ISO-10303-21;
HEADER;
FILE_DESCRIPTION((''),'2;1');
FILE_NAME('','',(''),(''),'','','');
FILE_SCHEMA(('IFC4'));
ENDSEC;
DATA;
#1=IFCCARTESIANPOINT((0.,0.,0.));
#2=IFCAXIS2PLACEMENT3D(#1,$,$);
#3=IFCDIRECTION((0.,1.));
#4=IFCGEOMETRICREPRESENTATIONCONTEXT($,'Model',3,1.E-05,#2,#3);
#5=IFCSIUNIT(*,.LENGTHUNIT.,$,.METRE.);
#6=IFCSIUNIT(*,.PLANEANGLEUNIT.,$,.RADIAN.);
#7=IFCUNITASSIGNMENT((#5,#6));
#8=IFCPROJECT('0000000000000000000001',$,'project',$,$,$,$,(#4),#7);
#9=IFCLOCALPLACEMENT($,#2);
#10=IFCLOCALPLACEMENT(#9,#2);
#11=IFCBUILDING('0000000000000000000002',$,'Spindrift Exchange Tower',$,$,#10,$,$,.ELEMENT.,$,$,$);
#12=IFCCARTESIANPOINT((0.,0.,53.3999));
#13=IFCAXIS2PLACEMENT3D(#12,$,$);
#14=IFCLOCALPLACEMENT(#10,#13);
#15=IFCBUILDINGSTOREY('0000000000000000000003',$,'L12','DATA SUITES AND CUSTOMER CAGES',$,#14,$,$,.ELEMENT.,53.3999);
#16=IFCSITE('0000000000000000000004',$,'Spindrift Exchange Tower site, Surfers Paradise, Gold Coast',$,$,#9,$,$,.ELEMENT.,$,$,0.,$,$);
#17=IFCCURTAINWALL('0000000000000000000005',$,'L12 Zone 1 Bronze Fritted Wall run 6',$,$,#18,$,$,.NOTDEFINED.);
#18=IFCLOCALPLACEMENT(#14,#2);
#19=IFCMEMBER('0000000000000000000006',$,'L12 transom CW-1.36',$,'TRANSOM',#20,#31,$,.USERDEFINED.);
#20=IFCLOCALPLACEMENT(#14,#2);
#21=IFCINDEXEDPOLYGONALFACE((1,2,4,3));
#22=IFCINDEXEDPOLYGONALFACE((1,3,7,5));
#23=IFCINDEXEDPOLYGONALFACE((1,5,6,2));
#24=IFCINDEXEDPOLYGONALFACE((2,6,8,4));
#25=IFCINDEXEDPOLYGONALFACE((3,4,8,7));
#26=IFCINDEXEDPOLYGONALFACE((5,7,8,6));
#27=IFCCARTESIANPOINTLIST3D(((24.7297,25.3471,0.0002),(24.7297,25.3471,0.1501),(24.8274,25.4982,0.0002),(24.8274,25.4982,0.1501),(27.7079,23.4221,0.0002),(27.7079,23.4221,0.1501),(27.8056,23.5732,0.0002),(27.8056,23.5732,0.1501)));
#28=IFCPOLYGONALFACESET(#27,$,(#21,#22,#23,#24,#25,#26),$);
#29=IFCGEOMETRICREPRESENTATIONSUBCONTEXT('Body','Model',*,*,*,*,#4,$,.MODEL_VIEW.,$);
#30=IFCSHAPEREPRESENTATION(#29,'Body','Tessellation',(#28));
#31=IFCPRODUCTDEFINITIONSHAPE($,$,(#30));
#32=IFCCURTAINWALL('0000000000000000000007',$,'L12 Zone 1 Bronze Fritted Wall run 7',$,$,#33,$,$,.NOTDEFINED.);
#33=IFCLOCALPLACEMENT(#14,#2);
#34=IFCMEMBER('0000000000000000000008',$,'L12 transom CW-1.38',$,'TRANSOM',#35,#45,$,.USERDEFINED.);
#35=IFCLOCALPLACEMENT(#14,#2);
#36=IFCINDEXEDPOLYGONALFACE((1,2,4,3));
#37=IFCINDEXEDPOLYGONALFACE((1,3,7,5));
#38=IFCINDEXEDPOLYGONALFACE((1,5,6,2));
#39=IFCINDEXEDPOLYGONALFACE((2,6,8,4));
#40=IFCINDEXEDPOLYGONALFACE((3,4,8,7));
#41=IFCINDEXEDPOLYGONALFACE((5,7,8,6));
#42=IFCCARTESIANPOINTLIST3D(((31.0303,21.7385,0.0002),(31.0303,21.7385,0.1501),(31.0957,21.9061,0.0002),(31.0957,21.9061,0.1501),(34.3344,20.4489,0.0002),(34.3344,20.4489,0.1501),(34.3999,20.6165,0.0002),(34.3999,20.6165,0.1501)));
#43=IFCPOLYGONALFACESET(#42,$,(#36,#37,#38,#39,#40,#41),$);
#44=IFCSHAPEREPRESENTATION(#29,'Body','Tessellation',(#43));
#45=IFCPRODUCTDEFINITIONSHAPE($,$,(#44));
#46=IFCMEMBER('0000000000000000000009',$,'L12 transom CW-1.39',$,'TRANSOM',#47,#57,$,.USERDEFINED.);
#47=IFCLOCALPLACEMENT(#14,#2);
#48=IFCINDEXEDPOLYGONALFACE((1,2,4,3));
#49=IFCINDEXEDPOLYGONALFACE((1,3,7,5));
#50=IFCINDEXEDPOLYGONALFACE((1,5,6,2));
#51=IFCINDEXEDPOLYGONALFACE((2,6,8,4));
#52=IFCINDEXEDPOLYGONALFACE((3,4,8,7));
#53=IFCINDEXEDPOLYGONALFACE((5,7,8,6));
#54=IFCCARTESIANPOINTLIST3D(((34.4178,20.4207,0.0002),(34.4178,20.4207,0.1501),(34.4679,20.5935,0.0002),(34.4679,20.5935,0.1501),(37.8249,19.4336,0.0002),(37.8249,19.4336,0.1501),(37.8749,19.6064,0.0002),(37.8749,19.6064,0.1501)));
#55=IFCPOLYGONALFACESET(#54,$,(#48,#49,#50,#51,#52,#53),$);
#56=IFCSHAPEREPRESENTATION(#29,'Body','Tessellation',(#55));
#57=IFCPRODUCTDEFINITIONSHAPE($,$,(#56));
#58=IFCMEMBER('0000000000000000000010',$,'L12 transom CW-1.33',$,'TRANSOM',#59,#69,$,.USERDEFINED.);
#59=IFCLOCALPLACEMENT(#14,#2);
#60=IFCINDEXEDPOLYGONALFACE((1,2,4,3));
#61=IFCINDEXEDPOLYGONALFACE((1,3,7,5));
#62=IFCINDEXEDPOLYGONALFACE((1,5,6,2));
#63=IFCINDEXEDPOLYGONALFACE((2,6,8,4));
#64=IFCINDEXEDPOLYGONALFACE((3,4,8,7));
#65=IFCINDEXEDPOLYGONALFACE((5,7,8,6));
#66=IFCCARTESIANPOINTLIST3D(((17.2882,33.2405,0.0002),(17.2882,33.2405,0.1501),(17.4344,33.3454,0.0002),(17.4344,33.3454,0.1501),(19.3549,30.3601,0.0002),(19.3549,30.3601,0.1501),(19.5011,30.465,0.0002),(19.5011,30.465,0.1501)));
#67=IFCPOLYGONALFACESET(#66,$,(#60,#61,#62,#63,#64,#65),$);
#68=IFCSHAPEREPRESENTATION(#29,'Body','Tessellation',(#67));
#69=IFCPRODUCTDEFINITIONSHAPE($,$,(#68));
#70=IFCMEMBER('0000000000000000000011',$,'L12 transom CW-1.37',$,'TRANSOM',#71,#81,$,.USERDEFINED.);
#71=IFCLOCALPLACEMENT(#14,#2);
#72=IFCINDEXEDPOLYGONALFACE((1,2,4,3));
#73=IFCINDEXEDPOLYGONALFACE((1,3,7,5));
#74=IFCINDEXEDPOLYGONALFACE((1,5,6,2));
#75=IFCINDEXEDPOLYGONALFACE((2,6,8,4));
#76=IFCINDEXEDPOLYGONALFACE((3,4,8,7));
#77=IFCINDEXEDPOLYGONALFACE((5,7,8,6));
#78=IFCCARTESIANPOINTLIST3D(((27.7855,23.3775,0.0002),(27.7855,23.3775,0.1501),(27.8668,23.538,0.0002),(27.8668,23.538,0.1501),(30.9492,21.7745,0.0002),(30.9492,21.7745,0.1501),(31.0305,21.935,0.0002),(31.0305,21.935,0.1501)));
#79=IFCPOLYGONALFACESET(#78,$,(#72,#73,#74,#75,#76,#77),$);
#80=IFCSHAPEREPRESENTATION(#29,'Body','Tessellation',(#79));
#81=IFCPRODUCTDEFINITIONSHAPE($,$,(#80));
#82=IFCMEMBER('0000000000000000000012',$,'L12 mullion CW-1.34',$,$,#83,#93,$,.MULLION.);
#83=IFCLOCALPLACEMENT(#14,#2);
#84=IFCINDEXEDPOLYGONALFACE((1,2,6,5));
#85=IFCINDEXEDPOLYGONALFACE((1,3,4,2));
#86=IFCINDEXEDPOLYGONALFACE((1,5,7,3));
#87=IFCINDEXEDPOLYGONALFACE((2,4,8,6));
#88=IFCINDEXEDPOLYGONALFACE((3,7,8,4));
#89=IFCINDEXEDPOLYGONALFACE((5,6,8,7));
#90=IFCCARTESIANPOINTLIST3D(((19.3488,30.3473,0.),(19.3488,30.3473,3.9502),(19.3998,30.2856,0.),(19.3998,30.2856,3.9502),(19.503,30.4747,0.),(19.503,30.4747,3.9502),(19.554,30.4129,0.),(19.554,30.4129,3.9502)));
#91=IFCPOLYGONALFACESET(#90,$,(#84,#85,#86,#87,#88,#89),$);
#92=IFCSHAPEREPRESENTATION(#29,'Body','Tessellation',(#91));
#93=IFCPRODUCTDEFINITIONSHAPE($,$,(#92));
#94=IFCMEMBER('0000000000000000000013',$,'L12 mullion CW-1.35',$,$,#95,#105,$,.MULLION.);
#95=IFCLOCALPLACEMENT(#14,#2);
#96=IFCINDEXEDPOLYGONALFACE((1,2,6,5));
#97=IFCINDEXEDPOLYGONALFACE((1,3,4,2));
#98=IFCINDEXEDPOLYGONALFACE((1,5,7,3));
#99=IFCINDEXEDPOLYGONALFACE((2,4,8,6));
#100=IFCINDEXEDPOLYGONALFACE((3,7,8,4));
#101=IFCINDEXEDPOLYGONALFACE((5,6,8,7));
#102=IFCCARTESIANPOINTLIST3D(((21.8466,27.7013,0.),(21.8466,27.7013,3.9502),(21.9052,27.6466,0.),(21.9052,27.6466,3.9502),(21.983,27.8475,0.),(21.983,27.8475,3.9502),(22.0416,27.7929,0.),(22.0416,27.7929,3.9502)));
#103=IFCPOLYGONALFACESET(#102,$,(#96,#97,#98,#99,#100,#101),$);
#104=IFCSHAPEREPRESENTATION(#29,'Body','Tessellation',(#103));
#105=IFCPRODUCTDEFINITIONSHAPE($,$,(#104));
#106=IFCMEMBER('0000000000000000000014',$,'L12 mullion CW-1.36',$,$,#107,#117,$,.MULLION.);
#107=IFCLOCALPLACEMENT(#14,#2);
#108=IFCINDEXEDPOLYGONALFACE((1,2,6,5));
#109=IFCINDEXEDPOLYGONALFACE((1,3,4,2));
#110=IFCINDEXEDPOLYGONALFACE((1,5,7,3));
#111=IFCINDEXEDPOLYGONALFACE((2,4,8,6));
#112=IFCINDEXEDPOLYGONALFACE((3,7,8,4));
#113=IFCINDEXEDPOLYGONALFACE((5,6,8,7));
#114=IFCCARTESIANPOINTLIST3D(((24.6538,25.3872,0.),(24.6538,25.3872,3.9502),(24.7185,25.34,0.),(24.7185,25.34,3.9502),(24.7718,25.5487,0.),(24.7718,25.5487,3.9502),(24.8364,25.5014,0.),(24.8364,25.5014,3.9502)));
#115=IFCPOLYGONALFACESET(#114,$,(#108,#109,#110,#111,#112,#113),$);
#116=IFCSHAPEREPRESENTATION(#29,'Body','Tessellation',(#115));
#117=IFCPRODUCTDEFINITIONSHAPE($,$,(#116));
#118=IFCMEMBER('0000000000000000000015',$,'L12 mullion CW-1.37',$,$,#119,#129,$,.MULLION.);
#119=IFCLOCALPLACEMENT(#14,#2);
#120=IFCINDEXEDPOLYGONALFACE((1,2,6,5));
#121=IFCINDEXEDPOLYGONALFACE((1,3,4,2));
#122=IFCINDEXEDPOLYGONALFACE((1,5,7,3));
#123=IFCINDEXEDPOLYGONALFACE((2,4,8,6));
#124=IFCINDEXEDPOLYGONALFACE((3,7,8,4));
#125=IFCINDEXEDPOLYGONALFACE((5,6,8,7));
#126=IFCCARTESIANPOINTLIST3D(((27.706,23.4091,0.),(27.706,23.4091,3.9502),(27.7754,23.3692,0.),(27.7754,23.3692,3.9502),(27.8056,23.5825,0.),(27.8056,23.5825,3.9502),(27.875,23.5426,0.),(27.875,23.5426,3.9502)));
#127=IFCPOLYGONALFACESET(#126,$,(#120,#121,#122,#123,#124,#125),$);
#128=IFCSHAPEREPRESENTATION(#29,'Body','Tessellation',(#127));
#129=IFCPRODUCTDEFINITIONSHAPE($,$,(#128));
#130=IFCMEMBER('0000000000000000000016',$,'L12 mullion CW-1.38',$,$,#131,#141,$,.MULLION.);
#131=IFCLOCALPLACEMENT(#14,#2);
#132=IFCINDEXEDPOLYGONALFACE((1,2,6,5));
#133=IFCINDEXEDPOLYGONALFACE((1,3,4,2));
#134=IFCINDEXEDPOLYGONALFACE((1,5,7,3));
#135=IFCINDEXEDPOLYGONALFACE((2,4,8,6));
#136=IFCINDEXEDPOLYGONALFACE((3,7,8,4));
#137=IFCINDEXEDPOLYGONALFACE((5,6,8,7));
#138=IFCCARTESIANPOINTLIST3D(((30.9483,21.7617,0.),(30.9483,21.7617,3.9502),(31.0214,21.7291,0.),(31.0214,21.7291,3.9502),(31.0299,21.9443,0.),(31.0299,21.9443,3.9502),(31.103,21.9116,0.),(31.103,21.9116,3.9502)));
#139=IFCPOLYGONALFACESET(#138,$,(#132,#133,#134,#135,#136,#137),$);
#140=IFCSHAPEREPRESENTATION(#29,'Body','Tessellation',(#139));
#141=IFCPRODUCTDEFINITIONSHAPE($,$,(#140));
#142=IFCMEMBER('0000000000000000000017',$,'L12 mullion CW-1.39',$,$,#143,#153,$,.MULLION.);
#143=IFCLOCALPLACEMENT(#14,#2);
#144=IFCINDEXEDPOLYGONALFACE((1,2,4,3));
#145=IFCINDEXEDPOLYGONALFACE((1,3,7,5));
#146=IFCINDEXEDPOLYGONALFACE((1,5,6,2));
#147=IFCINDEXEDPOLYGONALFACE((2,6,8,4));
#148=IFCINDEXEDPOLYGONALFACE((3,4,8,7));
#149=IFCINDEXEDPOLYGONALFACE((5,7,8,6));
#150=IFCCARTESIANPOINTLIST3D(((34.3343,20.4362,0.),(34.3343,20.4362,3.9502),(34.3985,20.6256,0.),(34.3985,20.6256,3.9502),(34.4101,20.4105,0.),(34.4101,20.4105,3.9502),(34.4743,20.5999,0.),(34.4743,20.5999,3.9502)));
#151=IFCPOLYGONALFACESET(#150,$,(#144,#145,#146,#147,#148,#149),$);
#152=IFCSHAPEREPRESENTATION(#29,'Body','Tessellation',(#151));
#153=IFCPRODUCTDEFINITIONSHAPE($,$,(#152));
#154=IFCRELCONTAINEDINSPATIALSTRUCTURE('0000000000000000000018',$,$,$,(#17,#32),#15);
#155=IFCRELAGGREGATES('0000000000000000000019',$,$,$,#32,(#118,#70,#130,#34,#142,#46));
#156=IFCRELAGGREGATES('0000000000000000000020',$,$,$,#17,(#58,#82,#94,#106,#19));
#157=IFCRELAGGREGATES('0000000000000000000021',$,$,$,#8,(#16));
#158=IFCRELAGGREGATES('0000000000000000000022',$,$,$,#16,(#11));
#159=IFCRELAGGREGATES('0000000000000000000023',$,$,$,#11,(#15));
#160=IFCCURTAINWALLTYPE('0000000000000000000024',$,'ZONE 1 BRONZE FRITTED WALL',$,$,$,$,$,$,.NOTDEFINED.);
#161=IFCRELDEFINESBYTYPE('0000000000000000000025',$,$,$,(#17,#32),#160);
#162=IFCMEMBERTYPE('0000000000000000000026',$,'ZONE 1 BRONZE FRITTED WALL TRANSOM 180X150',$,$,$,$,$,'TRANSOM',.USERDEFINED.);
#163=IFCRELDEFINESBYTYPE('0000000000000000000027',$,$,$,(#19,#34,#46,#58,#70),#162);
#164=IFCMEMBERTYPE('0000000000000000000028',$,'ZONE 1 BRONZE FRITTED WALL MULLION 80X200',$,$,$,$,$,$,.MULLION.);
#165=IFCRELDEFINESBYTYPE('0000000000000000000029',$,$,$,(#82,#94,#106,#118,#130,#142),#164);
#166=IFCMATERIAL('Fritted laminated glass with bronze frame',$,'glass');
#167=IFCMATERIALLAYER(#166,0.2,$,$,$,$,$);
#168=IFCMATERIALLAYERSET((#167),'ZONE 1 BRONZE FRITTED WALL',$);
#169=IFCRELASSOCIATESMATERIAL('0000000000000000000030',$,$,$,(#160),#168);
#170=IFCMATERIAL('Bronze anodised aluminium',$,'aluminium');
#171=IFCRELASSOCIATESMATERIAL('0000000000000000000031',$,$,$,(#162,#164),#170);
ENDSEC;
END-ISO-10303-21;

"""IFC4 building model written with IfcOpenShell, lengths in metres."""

from ifc_helpers import new_model, si_unit, direction, frame, origin, origin_2d, place, context, subcontext, project, spatial, rectangle, extrude, source, transform, mapped, material, layer, layer_set, material_profile, profile_set, type_object, element, aggregate, save


model = new_model("IFC4")

# Units and contexts
model_context = context("Model", 3, precision=1e-05, world=origin(), true_north=direction((0.0, 1.0)))
body_context = subcontext(model_context, "Body", "Model", "MODEL_VIEW")
ifc_project = project(units=[si_unit("LENGTHUNIT", "METRE"), si_unit("PLANEANGLEUNIT", "RADIAN")], contexts=[model_context])

# Site, building, storey
site_placement = place(None, origin())
site = spatial("IfcSite", under=ifc_project, at=site_placement, Name="Spindrift Exchange Tower site, Surfers Paradise, Gold Coast", CompositionType="ELEMENT", RefElevation=0.0)
building_placement = place(site_placement, origin())
building = spatial("IfcBuilding", under=site, at=building_placement, Name="Spindrift Exchange Tower", CompositionType="ELEMENT")
storey_placement = place(building_placement, frame((0.0, 0.0, 53.3999)))
storey = spatial("IfcBuildingStorey", under=building, at=storey_placement, Name="L12", Description="DATA SUITES AND CUSTOMER CAGES", CompositionType="ELEMENT", Elevation=53.3999)

# Curtain walls, members
ifc_material_1 = material(Name="Fritted laminated glass with bronze frame", Category="glass")
ifc_layer_1 = layer(ifc_material_1, 0.2)
ifc_layer_set_1 = layer_set([ifc_layer_1], Name="ZONE 1 BRONZE FRITTED WALL")
curtain_wall_type = type_object("IfcCurtainWallType", Name="ZONE 1 BRONZE FRITTED WALL", PredefinedType="NOTDEFINED", material=ifc_layer_set_1)
curtain_wall_1_placement = place(storey_placement, origin())
curtain_wall_1 = element("IfcCurtainWall", 1, at=curtain_wall_1_placement, inside=storey, type_object=curtain_wall_type, Name="L12 Zone 1 Bronze Fritted Wall run 6", PredefinedType="NOTDEFINED")
ifc_material_2 = material(Name="Bronze anodised aluminium", Category="aluminium")
ifc_material_profile_1 = material_profile(ifc_material_2, rectangle(XDim=0.1799, YDim=0.1499, at=origin_2d()), Name="ZONE 1 BRONZE FRITTED WALL TRANSOM 180X150")
ifc_profile_set_1 = profile_set([ifc_material_profile_1], Name="Bronze anodised aluminium")
member_type_1 = type_object("IfcMemberType", Name="ZONE 1 BRONZE FRITTED WALL TRANSOM 180X150", ElementType="TRANSOM", PredefinedType="USERDEFINED", material=ifc_profile_set_1)
shared_shape_1 = source(origin(), body_context, "Body", "SweptSolid", [
    extrude(rectangle(XDim=0.1799, YDim=0.1499, at=origin_2d()), origin(), (0.0, 0.0, 1.0), 3.5461),
])
member_1_placement = place(storey_placement, frame((24.7786, 25.4226, 0.0752), z_axis=(0.839836, -0.54284, 0.0), x_axis=(0.54284, 0.839836, 0.0)))
member_1 = element("IfcMember", 2, at=member_1_placement, type_object=member_type_1, Name="L12 transom CW-1.36", ObjectType="TRANSOM", PredefinedType="USERDEFINED", context=body_context, shape_type="MappedRepresentation", body=[
    mapped(shared_shape_1, transform((0.0, 0.0, 0.0), scale=1.0)),
])
curtain_wall_2_placement = place(storey_placement, origin())
curtain_wall_2 = element("IfcCurtainWall", 3, at=curtain_wall_2_placement, inside=storey, type_object=curtain_wall_type, Name="L12 Zone 1 Bronze Fritted Wall run 7", PredefinedType="NOTDEFINED")
shared_shape_2 = source(origin(), body_context, "Body", "SweptSolid", [
    extrude(rectangle(XDim=0.1799, YDim=0.1499, at=origin_2d()), origin(), (0.0, 0.0, 1.0), 3.5469),
])
member_2_placement = place(storey_placement, frame((31.063, 21.8223, 0.0752), z_axis=(0.931567, -0.363569, 0.0), x_axis=(0.363569, 0.931567, 0.0)))
member_2 = element("IfcMember", 4, at=member_2_placement, type_object=member_type_1, Name="L12 transom CW-1.38", ObjectType="TRANSOM", PredefinedType="USERDEFINED", context=body_context, shape_type="MappedRepresentation", body=[
    mapped(shared_shape_2, transform((0.0, 0.0, 0.0), scale=1.0)),
])
shared_shape_3 = source(origin(), body_context, "Body", "SweptSolid", [
    extrude(rectangle(XDim=0.1799, YDim=0.1499, at=origin_2d()), origin(), (0.0, 0.0, 1.0), 3.5471),
])
member_3_placement = place(storey_placement, frame((34.4429, 20.5071, 0.0752), z_axis=(0.960502, -0.278274, 0.0), x_axis=(0.278274, 0.960502, 0.0)))
member_3 = element("IfcMember", 5, at=member_3_placement, type_object=member_type_1, Name="L12 transom CW-1.39", ObjectType="TRANSOM", PredefinedType="USERDEFINED", context=body_context, shape_type="MappedRepresentation", body=[
    mapped(shared_shape_3, transform((0.0, 0.0, 0.0), scale=1.0)),
])

# Members
shared_shape_4 = source(origin(), body_context, "Body", "SweptSolid", [
    extrude(rectangle(XDim=0.1799, YDim=0.1499, at=origin_2d()), origin(), (0.0, 0.0, 1.0), 3.5452),
])
member_4_placement = place(storey_placement, frame((17.3613, 33.293, 0.0752), z_axis=(0.582963, -0.812499, 0.0), x_axis=(0.812499, 0.582963, 0.0)))
member_4 = element("IfcMember", 6, at=member_4_placement, type_object=member_type_1, Name="L12 transom CW-1.33", ObjectType="TRANSOM", PredefinedType="USERDEFINED", context=body_context, shape_type="MappedRepresentation", body=[
    mapped(shared_shape_4, transform((0.0, 0.0, 0.0), scale=1.0)),
])
shared_shape_5 = source(origin(), body_context, "Body", "SweptSolid", [
    extrude(rectangle(XDim=0.1799, YDim=0.1499, at=origin_2d()), origin(), (0.0, 0.0, 1.0), 3.5466),
])
member_5_placement = place(storey_placement, frame((27.8262, 23.4578, 0.0752), z_axis=(0.892033, -0.451971, 0.0), x_axis=(0.451971, 0.892033, 0.0)))
member_5 = element("IfcMember", 7, at=member_5_placement, type_object=member_type_1, Name="L12 transom CW-1.37", ObjectType="TRANSOM", PredefinedType="USERDEFINED", context=body_context, shape_type="MappedRepresentation", body=[
    mapped(shared_shape_5, transform((0.0, 0.0, 0.0), scale=1.0)),
])
ifc_material_profile_2 = material_profile(ifc_material_2, rectangle(XDim=0.0801, YDim=0.2, at=origin_2d()), Name="ZONE 1 BRONZE FRITTED WALL MULLION 80X200")
ifc_profile_set_2 = profile_set([ifc_material_profile_2], Name="Bronze anodised aluminium")
member_type_2 = type_object("IfcMemberType", Name="ZONE 1 BRONZE FRITTED WALL MULLION 80X200", PredefinedType="MULLION", material=ifc_profile_set_2)
shared_shape_6 = source(origin(), body_context, "Body", "SweptSolid", [
    extrude(rectangle(XDim=0.0801, YDim=0.2, at=origin_2d()), origin(), (0.0, 0.0, 1.0), 3.9502),
])
member_6_placement = place(storey_placement, frame((19.4514, 30.3801, 0.0), z_axis=(0.0, 0.0, 1.0), x_axis=(0.636708, -0.771105, 0.0)))
member_6 = element("IfcMember", 8, at=member_6_placement, type_object=member_type_2, Name="L12 mullion CW-1.34", PredefinedType="MULLION", context=body_context, shape_type="MappedRepresentation", body=[
    mapped(shared_shape_6, transform((0.0, 0.0, 0.0), scale=1.0)),
])
member_7_placement = place(storey_placement, frame((21.9441, 27.7471, 0.0), z_axis=(0.0, 0.0, 1.0), x_axis=(0.731397, -0.681951, 0.0)))
member_7 = element("IfcMember", 9, at=member_7_placement, type_object=member_type_2, Name="L12 mullion CW-1.35", PredefinedType="MULLION", context=body_context, shape_type="MappedRepresentation", body=[
    mapped(shared_shape_6, transform((0.0, 0.0, 0.0), scale=1.0)),
])
member_8_placement = place(storey_placement, frame((24.7451, 25.4443, 0.0), z_axis=(0.0, 0.0, 1.0), x_axis=(0.807465, -0.589916, 0.0)))
member_8 = element("IfcMember", 10, at=member_8_placement, type_object=member_type_2, Name="L12 mullion CW-1.36", PredefinedType="MULLION", context=body_context, shape_type="MappedRepresentation", body=[
    mapped(shared_shape_6, transform((0.0, 0.0, 0.0), scale=1.0)),
])
member_9_placement = place(storey_placement, frame((27.7905, 23.4758, 0.0), z_axis=(0.0, 0.0, 1.0), x_axis=(0.867126, -0.498089, 0.0)))
member_9 = element("IfcMember", 11, at=member_9_placement, type_object=member_type_2, Name="L12 mullion CW-1.37", PredefinedType="MULLION", context=body_context, shape_type="MappedRepresentation", body=[
    mapped(shared_shape_6, transform((0.0, 0.0, 0.0), scale=1.0)),
])
member_10_placement = place(storey_placement, frame((31.0256, 21.8367, 0.0), z_axis=(0.0, 0.0, 1.0), x_axis=(0.912877, -0.408235, 0.0)))
member_10 = element("IfcMember", 12, at=member_10_placement, type_object=member_type_2, Name="L12 mullion CW-1.38", PredefinedType="MULLION", context=body_context, shape_type="MappedRepresentation", body=[
    mapped(shared_shape_6, transform((0.0, 0.0, 0.0), scale=1.0)),
])
member_11_placement = place(storey_placement, frame((34.4043, 20.5181, 0.0), z_axis=(0.0, 0.0, 1.0), x_axis=(0.947007, -0.321213, 0.0)))
member_11 = element("IfcMember", 13, at=member_11_placement, type_object=member_type_2, Name="L12 mullion CW-1.39", PredefinedType="MULLION", context=body_context, shape_type="MappedRepresentation", body=[
    mapped(shared_shape_6, transform((0.0, 0.0, 0.0), scale=1.0)),
])

aggregate(curtain_wall_2, [member_9, member_5, member_10, member_2, member_11, member_3])
aggregate(curtain_wall_1, [member_4, member_6, member_7, member_8, member_1])

save(model, "model.ifc")
